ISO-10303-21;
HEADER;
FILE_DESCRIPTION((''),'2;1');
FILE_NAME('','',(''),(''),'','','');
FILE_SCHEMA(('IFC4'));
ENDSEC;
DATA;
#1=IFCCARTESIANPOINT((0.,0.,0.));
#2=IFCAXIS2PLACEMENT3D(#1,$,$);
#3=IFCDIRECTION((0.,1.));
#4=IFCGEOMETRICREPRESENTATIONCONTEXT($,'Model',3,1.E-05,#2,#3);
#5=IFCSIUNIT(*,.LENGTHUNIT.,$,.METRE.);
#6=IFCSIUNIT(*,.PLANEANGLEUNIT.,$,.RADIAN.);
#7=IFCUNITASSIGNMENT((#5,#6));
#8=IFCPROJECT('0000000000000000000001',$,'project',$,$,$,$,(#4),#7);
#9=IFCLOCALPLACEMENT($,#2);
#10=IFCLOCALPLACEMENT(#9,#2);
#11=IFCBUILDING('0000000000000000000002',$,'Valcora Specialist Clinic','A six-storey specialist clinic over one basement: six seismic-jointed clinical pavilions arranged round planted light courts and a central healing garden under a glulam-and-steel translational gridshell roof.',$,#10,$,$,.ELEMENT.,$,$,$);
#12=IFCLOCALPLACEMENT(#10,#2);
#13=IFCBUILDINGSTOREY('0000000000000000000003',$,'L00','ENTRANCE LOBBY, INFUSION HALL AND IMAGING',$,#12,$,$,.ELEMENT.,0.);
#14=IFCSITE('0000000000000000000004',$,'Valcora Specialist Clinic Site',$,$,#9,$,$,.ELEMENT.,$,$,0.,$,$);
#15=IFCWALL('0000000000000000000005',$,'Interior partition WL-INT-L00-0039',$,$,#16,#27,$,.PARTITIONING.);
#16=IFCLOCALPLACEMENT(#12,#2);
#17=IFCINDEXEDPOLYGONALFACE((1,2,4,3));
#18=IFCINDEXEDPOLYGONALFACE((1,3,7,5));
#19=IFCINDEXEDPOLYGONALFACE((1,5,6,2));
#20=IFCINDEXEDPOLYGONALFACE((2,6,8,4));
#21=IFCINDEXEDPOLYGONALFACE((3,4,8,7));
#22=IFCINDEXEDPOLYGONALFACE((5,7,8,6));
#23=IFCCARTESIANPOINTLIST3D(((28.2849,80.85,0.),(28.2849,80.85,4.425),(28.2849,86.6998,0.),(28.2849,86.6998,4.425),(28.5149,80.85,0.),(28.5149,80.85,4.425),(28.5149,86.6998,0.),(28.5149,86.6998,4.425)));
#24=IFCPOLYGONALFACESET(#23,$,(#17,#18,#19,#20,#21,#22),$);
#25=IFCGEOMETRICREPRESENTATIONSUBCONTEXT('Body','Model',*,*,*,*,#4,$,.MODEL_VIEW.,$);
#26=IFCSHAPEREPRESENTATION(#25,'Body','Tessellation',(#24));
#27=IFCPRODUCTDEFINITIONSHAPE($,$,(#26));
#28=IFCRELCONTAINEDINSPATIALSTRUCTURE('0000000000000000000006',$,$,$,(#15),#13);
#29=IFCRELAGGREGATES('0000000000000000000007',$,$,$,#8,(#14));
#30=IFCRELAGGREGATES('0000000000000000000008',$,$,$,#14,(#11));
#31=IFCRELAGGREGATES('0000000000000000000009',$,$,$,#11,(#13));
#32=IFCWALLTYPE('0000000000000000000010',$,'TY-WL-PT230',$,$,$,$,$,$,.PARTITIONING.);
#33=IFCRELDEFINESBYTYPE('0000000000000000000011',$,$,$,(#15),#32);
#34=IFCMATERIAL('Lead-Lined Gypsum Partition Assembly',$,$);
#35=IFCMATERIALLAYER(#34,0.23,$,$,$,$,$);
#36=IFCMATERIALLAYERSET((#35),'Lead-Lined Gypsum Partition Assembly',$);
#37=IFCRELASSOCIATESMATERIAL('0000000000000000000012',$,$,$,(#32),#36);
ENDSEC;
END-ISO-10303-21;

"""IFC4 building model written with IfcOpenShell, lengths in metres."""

from ifc_helpers import new_model, si_unit, direction, frame, frame_2d, origin, place, context, subcontext, project, spatial, rectangle, extrude, material, layer, layer_set, type_object, element, save


model = new_model("IFC4")

# Units and contexts
model_context = context("Model", 3, precision=1e-05, world=origin(), true_north=direction((0.0, 1.0)))
body_context = subcontext(model_context, "Body", "Model", "MODEL_VIEW")
ifc_project = project(units=[si_unit("LENGTHUNIT", "METRE"), si_unit("PLANEANGLEUNIT", "RADIAN")], contexts=[model_context])

# Site, building, storey
site_placement = place(None, origin())
site = spatial("IfcSite", under=ifc_project, at=site_placement, Name="Valcora Specialist Clinic Site", CompositionType="ELEMENT", RefElevation=0.0)
building_placement = place(site_placement, origin())
building = spatial("IfcBuilding", under=site, at=building_placement, Name="Valcora Specialist Clinic", Description="A six-storey specialist clinic over one basement: six seismic-jointed clinical pavilions arranged round planted light courts and a central healing garden under a glulam-and-steel translational gridshell roof.", CompositionType="ELEMENT")
storey_placement = place(building_placement, origin())
storey = spatial("IfcBuildingStorey", under=building, at=storey_placement, Name="L00", Description="ENTRANCE LOBBY, INFUSION HALL AND IMAGING", CompositionType="ELEMENT", Elevation=0.0)

# Wall
ifc_material_1 = material(Name="Lead-Lined Gypsum Partition Assembly")
ifc_layer_1 = layer(ifc_material_1, 0.23)
ifc_layer_set_1 = layer_set([ifc_layer_1], Name="Lead-Lined Gypsum Partition Assembly")
wall_type_1 = type_object("IfcWallType", Name="TY-WL-PT230", PredefinedType="PARTITIONING", material=ifc_layer_set_1)
wall_1_placement = place(storey_placement, frame((28.3999, 80.8501, 0.0), z_axis=(0.0, 0.0, 1.0), x_axis=(0.0, 1.0, 0.0)))
element("IfcWall", 1, at=wall_1_placement, inside=storey, type_object=wall_type_1, Name="Interior partition WL-INT-L00-0039", PredefinedType="PARTITIONING", context=body_context, shape_type="SweptSolid", body=[
    extrude(rectangle(XDim=5.8499, YDim=0.23, at=frame_2d((2.9248, 0.0))), origin(), (0.0, 0.0, 1.0), 4.425),
])

save(model, "model.ifc")
